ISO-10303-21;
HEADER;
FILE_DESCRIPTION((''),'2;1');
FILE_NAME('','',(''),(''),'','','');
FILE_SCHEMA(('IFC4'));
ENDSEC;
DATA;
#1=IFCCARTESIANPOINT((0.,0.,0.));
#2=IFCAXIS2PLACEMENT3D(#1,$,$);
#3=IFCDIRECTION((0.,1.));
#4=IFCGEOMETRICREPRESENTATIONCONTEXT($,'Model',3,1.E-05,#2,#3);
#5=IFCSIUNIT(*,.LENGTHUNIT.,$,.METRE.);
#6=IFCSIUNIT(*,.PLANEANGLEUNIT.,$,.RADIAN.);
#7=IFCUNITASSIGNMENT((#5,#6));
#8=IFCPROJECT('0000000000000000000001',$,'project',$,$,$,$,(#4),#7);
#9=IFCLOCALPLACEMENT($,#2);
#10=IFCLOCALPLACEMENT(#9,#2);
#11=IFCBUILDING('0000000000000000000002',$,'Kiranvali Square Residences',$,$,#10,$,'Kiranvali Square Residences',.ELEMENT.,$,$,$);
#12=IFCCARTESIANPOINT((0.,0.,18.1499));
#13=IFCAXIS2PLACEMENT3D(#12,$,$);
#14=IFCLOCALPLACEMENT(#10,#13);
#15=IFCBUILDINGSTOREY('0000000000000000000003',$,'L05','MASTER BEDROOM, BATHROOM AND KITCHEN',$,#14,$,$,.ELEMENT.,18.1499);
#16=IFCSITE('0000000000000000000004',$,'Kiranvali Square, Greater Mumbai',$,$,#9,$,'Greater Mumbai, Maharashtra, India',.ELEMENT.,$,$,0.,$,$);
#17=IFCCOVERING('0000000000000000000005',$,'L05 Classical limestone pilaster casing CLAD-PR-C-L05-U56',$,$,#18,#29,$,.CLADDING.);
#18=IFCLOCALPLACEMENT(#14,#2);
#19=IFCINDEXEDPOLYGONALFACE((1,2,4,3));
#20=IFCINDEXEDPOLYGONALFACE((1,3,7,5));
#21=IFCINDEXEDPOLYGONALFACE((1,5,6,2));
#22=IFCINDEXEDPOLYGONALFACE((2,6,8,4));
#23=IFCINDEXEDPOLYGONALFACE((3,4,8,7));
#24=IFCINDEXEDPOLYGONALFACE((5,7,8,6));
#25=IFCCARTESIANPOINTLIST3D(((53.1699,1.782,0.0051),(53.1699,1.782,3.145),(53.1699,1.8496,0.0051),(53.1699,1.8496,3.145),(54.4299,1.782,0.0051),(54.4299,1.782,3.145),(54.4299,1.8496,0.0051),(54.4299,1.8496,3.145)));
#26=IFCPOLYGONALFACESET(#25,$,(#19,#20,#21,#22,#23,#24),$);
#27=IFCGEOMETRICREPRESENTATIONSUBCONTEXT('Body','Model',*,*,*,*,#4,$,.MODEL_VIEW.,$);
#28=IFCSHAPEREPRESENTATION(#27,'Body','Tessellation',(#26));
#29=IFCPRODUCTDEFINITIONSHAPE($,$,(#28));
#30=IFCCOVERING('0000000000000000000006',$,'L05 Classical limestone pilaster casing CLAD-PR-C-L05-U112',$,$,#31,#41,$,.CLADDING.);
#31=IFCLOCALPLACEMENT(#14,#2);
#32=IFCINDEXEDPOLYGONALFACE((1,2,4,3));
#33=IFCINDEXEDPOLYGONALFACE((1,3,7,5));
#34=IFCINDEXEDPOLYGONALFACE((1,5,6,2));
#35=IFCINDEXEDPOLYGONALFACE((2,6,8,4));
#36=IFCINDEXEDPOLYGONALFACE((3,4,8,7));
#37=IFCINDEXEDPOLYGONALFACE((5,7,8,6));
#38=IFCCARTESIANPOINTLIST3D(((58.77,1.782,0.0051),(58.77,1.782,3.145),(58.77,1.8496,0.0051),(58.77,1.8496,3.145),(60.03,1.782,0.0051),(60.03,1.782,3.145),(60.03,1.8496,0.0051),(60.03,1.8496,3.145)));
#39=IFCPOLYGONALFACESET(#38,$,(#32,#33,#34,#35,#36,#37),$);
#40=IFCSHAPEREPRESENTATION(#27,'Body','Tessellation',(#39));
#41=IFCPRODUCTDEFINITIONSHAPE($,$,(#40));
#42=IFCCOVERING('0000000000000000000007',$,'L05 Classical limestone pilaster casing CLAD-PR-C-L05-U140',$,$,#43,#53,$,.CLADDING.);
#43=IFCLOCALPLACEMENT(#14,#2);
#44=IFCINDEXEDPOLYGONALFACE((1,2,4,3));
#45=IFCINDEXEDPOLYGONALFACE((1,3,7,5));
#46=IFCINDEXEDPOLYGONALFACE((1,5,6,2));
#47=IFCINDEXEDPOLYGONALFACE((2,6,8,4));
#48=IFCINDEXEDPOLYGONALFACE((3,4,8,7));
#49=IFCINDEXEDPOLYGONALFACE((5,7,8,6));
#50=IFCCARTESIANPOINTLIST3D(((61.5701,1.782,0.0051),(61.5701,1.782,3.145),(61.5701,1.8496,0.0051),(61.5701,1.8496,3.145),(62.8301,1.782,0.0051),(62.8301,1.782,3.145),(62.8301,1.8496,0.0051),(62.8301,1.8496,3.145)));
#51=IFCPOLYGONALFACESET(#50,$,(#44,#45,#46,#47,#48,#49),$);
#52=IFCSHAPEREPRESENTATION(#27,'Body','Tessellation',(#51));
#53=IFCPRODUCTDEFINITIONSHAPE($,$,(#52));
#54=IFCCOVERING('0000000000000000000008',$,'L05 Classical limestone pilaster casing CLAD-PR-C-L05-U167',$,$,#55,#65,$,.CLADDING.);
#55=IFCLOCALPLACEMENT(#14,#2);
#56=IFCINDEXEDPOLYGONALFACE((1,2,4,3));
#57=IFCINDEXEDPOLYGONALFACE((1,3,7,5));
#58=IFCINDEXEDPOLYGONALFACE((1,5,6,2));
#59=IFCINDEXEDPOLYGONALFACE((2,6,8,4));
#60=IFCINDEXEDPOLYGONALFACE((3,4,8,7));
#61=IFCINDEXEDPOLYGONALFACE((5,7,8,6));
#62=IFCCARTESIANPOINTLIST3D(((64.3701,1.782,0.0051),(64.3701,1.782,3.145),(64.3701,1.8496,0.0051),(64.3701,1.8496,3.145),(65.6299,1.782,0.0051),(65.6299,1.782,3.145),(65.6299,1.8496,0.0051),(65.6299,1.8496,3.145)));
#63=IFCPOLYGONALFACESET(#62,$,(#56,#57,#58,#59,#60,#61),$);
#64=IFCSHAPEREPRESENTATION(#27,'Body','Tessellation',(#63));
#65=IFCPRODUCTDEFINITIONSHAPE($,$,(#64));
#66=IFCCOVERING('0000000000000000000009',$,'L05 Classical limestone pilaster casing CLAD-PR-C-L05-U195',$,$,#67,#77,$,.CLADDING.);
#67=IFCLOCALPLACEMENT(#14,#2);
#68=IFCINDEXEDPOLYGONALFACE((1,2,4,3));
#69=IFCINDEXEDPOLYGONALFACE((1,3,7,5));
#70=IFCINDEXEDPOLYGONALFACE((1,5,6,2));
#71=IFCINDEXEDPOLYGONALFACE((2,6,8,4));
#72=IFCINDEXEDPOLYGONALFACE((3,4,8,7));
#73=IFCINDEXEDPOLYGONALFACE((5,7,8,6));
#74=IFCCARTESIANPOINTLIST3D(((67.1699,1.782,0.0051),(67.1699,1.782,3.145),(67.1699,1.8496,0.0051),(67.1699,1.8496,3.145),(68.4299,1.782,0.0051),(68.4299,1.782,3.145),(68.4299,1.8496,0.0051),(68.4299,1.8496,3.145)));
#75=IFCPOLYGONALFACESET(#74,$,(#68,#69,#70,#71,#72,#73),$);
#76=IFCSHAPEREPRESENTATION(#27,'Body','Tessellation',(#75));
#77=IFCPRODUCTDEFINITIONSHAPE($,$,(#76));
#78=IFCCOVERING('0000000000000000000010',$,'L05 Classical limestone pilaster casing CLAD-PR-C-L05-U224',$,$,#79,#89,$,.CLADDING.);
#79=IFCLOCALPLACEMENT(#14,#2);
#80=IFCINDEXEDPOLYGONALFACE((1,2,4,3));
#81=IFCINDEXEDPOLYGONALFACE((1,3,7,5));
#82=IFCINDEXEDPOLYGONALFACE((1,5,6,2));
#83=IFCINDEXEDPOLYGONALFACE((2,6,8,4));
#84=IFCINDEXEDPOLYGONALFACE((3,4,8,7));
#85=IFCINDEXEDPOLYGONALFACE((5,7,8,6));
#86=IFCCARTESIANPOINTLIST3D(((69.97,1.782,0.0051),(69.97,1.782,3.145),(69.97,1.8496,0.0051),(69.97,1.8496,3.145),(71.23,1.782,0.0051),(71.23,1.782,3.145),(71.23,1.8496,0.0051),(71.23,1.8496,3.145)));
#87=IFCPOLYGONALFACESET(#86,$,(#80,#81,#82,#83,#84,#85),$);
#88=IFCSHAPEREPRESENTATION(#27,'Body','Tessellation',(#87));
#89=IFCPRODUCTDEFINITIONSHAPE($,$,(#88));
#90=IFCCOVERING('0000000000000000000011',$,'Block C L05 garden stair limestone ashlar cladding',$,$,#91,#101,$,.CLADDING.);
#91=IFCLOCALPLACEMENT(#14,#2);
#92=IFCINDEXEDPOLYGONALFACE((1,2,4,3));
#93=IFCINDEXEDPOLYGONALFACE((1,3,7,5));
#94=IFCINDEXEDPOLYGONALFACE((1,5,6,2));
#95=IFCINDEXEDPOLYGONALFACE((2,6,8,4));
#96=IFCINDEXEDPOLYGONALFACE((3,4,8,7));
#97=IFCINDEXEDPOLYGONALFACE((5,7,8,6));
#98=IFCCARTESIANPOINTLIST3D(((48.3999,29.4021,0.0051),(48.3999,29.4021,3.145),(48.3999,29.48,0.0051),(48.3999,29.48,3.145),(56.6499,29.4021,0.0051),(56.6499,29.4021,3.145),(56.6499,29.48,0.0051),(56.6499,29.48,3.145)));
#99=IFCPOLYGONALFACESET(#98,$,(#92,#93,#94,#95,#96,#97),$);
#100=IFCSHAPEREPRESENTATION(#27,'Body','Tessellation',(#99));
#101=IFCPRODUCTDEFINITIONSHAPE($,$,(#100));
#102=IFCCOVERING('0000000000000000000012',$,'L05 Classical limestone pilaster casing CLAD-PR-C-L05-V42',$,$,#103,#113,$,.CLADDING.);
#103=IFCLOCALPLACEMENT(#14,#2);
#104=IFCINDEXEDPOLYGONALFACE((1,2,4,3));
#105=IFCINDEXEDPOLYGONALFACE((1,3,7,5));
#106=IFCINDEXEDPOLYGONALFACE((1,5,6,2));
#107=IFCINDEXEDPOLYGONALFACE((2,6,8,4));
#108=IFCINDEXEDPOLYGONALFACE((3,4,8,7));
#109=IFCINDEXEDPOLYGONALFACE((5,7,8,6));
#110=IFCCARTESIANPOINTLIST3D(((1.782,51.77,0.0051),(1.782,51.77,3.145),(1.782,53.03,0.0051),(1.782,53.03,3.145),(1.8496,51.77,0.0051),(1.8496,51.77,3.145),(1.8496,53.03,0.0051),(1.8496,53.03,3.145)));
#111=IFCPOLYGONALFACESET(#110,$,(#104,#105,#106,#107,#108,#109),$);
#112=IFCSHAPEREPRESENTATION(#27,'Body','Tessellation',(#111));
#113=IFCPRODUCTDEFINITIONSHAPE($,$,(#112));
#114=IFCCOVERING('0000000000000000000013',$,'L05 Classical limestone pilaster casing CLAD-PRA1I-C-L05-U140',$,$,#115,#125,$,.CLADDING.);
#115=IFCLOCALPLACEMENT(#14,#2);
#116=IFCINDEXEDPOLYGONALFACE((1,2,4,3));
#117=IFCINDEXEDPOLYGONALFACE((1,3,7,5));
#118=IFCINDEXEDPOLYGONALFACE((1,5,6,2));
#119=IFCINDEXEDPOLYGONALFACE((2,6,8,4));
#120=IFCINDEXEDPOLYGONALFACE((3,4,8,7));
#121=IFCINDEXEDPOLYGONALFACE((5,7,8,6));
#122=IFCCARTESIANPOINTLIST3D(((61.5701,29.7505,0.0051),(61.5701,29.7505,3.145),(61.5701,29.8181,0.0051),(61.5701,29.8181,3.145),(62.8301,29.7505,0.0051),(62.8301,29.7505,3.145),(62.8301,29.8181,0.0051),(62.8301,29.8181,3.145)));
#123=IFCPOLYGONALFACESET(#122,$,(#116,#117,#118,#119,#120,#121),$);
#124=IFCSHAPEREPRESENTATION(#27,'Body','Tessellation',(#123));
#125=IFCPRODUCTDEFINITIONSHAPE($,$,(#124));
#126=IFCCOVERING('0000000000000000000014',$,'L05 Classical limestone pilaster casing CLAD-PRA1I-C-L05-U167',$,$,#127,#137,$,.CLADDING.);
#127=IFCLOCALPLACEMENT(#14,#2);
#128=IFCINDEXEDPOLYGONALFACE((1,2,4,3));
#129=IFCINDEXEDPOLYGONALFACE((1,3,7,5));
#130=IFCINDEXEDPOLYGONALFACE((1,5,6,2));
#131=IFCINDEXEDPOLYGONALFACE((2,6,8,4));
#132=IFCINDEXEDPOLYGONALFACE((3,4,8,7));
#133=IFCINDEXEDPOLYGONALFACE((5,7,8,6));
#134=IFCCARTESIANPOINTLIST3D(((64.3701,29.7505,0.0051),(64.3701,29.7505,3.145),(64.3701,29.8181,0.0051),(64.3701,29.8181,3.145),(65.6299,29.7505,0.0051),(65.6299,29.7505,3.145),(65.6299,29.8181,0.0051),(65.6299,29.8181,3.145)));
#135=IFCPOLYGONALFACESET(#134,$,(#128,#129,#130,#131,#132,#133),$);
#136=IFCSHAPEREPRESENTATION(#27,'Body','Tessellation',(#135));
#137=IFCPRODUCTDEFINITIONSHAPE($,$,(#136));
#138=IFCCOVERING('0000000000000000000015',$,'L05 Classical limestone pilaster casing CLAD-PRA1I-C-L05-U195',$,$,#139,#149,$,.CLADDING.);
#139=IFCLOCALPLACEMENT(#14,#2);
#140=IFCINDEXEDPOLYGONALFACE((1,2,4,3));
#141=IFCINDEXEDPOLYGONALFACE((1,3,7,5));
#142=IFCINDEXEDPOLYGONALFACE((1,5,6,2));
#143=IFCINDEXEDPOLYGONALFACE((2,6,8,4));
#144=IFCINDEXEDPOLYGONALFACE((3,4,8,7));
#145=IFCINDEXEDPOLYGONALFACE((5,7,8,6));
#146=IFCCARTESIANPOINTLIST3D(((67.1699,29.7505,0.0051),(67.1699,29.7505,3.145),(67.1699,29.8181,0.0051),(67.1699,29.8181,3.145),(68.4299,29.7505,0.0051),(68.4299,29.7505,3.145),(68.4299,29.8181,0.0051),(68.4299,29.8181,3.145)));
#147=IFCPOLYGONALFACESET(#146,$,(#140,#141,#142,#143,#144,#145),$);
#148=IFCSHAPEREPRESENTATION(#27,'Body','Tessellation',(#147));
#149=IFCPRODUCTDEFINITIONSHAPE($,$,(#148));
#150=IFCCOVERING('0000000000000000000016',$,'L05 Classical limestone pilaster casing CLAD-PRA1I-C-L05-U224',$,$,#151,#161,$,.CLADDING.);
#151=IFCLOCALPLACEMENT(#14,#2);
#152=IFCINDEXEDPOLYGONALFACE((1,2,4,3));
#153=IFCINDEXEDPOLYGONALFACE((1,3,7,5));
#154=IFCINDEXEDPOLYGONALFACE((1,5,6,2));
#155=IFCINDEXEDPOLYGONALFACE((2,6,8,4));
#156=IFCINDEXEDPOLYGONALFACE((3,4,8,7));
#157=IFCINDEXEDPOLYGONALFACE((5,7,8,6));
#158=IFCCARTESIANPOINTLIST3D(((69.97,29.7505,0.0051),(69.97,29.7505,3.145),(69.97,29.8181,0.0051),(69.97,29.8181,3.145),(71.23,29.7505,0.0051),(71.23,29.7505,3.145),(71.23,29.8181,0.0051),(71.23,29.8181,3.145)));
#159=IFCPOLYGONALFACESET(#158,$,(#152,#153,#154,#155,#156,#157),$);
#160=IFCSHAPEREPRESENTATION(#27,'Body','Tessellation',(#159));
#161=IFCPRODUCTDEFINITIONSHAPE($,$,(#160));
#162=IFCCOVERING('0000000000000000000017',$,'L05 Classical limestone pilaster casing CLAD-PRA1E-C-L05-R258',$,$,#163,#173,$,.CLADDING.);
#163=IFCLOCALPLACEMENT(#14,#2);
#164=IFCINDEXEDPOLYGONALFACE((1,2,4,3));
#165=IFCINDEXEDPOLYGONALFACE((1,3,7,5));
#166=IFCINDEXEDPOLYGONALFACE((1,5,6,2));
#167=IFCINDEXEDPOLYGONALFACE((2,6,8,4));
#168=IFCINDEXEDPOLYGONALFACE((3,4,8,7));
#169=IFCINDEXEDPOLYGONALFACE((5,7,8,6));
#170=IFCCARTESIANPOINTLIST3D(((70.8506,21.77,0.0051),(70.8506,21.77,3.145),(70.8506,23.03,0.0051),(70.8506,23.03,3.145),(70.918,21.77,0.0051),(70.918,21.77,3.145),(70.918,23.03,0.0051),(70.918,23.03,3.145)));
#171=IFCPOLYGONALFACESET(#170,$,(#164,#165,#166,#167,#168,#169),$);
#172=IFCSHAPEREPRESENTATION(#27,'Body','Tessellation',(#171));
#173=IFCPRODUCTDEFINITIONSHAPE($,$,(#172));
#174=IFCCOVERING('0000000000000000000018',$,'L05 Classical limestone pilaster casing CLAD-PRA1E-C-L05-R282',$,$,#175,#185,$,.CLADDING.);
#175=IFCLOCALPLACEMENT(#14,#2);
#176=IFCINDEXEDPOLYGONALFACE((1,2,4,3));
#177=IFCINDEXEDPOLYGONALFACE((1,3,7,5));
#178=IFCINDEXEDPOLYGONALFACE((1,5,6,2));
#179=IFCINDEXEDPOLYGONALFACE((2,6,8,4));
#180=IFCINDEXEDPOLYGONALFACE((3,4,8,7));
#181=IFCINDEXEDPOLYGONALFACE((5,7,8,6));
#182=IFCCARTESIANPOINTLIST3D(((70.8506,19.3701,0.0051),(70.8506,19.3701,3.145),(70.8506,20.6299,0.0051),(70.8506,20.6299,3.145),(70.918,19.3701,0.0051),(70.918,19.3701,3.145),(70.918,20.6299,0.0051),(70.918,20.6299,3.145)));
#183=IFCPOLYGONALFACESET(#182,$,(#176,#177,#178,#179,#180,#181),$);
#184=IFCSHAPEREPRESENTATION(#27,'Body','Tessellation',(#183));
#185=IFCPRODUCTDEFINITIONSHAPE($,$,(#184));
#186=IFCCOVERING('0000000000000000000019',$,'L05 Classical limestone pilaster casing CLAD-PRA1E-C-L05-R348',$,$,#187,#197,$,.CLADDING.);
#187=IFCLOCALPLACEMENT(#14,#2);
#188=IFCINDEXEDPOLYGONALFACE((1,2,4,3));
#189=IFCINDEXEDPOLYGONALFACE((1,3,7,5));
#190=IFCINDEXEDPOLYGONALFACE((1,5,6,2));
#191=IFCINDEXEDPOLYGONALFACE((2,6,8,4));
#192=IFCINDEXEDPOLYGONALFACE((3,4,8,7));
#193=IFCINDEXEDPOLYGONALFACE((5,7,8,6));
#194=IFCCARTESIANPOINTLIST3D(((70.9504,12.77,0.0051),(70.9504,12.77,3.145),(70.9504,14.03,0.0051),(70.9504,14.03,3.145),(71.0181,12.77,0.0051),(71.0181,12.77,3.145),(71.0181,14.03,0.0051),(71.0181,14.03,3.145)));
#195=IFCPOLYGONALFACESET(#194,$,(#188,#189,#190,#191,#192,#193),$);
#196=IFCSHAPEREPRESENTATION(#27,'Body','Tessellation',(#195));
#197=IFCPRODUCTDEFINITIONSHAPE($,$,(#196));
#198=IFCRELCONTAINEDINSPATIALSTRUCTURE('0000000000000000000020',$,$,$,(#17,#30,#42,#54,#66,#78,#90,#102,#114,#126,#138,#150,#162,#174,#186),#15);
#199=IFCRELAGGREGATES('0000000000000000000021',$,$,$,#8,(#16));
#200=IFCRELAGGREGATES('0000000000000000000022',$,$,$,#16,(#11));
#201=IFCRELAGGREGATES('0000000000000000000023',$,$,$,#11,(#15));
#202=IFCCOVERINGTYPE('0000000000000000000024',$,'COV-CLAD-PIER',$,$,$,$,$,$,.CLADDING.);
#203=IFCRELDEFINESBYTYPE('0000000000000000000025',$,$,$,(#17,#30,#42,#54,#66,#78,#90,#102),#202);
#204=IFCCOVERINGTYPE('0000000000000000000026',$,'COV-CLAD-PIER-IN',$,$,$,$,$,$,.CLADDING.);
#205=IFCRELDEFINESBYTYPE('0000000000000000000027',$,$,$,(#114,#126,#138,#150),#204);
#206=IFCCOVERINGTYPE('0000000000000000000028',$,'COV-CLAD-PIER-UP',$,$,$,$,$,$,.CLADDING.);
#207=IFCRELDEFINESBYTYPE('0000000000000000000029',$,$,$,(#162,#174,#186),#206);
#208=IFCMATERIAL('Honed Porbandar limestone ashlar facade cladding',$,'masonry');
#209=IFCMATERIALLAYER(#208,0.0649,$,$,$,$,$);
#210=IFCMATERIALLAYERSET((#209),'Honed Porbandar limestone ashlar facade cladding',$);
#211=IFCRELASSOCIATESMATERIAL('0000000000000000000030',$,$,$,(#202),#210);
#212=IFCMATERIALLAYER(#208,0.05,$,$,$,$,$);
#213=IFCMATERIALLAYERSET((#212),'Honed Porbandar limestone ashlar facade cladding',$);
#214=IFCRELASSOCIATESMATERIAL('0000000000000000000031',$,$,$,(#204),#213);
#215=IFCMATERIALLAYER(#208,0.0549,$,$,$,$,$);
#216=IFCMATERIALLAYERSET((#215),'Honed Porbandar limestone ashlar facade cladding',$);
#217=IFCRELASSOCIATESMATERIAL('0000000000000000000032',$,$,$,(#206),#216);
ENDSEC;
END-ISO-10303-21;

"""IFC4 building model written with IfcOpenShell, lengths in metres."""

from ifc_helpers import new_model, si_unit, direction, frame, origin, place, context, subcontext, project, spatial, polyline, outline, extrude, material, layer, layer_set, type_object, element, save


model = new_model("IFC4")

# Units and contexts
model_context = context("Model", 3, precision=1e-05, world=origin(), true_north=direction((0.0, 1.0)))
body_context = subcontext(model_context, "Body", "Model", "MODEL_VIEW")
ifc_project = project(units=[si_unit("LENGTHUNIT", "METRE"), si_unit("PLANEANGLEUNIT", "RADIAN")], contexts=[model_context])

# Site, building, storey
site_placement = place(None, origin())
site = spatial("IfcSite", under=ifc_project, at=site_placement, Name="Kiranvali Square, Greater Mumbai", LongName="Greater Mumbai, Maharashtra, India", CompositionType="ELEMENT", RefElevation=0.0)
building_placement = place(site_placement, origin())
building = spatial("IfcBuilding", under=site, at=building_placement, Name="Kiranvali Square Residences", LongName="Kiranvali Square Residences", CompositionType="ELEMENT")
storey_placement = place(building_placement, frame((0.0, 0.0, 18.1499)))
storey = spatial("IfcBuildingStorey", under=building, at=storey_placement, Name="L05", Description="MASTER BEDROOM, BATHROOM AND KITCHEN", CompositionType="ELEMENT", Elevation=18.1499)

# Coverings
ifc_material = material(Name="Honed Porbandar limestone ashlar facade cladding", Category="masonry")
ifc_layer_1 = layer(ifc_material, 0.0649)
ifc_layer_set_1 = layer_set([ifc_layer_1], Name="Honed Porbandar limestone ashlar facade cladding")
covering_type_1 = type_object("IfcCoveringType", Name="COV-CLAD-PIER", PredefinedType="CLADDING", material=ifc_layer_set_1)
covering_1_placement = place(storey_placement, frame((0.0, 0.0, 0.0051)))
element("IfcCovering", 1, at=covering_1_placement, inside=storey, type_object=covering_type_1, Name="L05 Classical limestone pilaster casing CLAD-PR-C-L05-U56", PredefinedType="CLADDING", context=body_context, shape_type="SweptSolid", body=[
    extrude(outline(polyline([(53.1699, 1.782), (54.4299, 1.782), (54.4299, 1.8496), (53.1699, 1.8496), (53.1699, 1.782)])), origin(), (0.0, 0.0, 1.0), 3.1399),
])
covering_2_placement = place(storey_placement, frame((0.0, 0.0, 0.0051)))
element("IfcCovering", 2, at=covering_2_placement, inside=storey, type_object=covering_type_1, Name="L05 Classical limestone pilaster casing CLAD-PR-C-L05-U112", PredefinedType="CLADDING", context=body_context, shape_type="SweptSolid", body=[
    extrude(outline(polyline([(58.77, 1.782), (60.03, 1.782), (60.03, 1.8496), (58.77, 1.8496), (58.77, 1.782)])), origin(), (0.0, 0.0, 1.0), 3.1399),
])
covering_3_placement = place(storey_placement, frame((0.0, 0.0, 0.0051)))
element("IfcCovering", 3, at=covering_3_placement, inside=storey, type_object=covering_type_1, Name="L05 Classical limestone pilaster casing CLAD-PR-C-L05-U140", PredefinedType="CLADDING", context=body_context, shape_type="SweptSolid", body=[
    extrude(outline(polyline([(61.5701, 1.782), (62.8301, 1.782), (62.8301, 1.8496), (61.5701, 1.8496), (61.5701, 1.782)])), origin(), (0.0, 0.0, 1.0), 3.1399),
])
covering_4_placement = place(storey_placement, frame((0.0, 0.0, 0.0051)))
element("IfcCovering", 4, at=covering_4_placement, inside=storey, type_object=covering_type_1, Name="L05 Classical limestone pilaster casing CLAD-PR-C-L05-U167", PredefinedType="CLADDING", context=body_context, shape_type="SweptSolid", body=[
    extrude(outline(polyline([(64.3701, 1.782), (65.6299, 1.782), (65.6299, 1.8496), (64.3701, 1.8496), (64.3701, 1.782)])), origin(), (0.0, 0.0, 1.0), 3.1399),
])
covering_5_placement = place(storey_placement, frame((0.0, 0.0, 0.0051)))
element("IfcCovering", 5, at=covering_5_placement, inside=storey, type_object=covering_type_1, Name="L05 Classical limestone pilaster casing CLAD-PR-C-L05-U195", PredefinedType="CLADDING", context=body_context, shape_type="SweptSolid", body=[
    extrude(outline(polyline([(67.1699, 1.782), (68.4299, 1.782), (68.4299, 1.8496), (67.1699, 1.8496), (67.1699, 1.782)])), origin(), (0.0, 0.0, 1.0), 3.1399),
])
covering_6_placement = place(storey_placement, frame((0.0, 0.0, 0.0051)))
element("IfcCovering", 6, at=covering_6_placement, inside=storey, type_object=covering_type_1, Name="L05 Classical limestone pilaster casing CLAD-PR-C-L05-U224", PredefinedType="CLADDING", context=body_context, shape_type="SweptSolid", body=[
    extrude(outline(polyline([(69.97, 1.782), (71.23, 1.782), (71.23, 1.8496), (69.97, 1.8496), (69.97, 1.782)])), origin(), (0.0, 0.0, 1.0), 3.1399),
])
covering_7_placement = place(storey_placement, frame((0.0, 0.0, 0.0051)))
element("IfcCovering", 7, at=covering_7_placement, inside=storey, type_object=covering_type_1, Name="Block C L05 garden stair limestone ashlar cladding", PredefinedType="CLADDING", context=body_context, shape_type="SweptSolid", body=[
    extrude(outline(polyline([(48.3999, 29.4021), (56.6499, 29.4021), (56.6499, 29.48), (48.3999, 29.48), (48.3999, 29.4021)])), origin(), (0.0, 0.0, 1.0), 3.1399),
])
covering_8_placement = place(storey_placement, frame((0.0, 0.0, 0.0051)))
element("IfcCovering", 8, at=covering_8_placement, inside=storey, type_object=covering_type_1, Name="L05 Classical limestone pilaster casing CLAD-PR-C-L05-V42", PredefinedType="CLADDING", context=body_context, shape_type="SweptSolid", body=[
    extrude(outline(polyline([(1.8496, 51.77), (1.8496, 53.03), (1.782, 53.03), (1.782, 51.77), (1.8496, 51.77)])), origin(), (0.0, 0.0, 1.0), 3.1399),
])
ifc_layer_2 = layer(ifc_material, 0.05)
ifc_layer_set_2 = layer_set([ifc_layer_2], Name="Honed Porbandar limestone ashlar facade cladding")
covering_type_2 = type_object("IfcCoveringType", Name="COV-CLAD-PIER-IN", PredefinedType="CLADDING", material=ifc_layer_set_2)
covering_9_placement = place(storey_placement, frame((0.0, 0.0, 0.0051)))
element("IfcCovering", 9, at=covering_9_placement, inside=storey, type_object=covering_type_2, Name="L05 Classical limestone pilaster casing CLAD-PRA1I-C-L05-U140", PredefinedType="CLADDING", context=body_context, shape_type="SweptSolid", body=[
    extrude(outline(polyline([(61.5701, 29.7505), (62.8301, 29.7505), (62.8301, 29.8181), (61.5701, 29.8181), (61.5701, 29.7505)])), origin(), (0.0, 0.0, 1.0), 3.1399),
])
covering_10_placement = place(storey_placement, frame((0.0, 0.0, 0.0051)))
element("IfcCovering", 10, at=covering_10_placement, inside=storey, type_object=covering_type_2, Name="L05 Classical limestone pilaster casing CLAD-PRA1I-C-L05-U167", PredefinedType="CLADDING", context=body_context, shape_type="SweptSolid", body=[
    extrude(outline(polyline([(64.3701, 29.7505), (65.6299, 29.7505), (65.6299, 29.8181), (64.3701, 29.8181), (64.3701, 29.7505)])), origin(), (0.0, 0.0, 1.0), 3.1399),
])
covering_11_placement = place(storey_placement, frame((0.0, 0.0, 0.0051)))
element("IfcCovering", 11, at=covering_11_placement, inside=storey, type_object=covering_type_2, Name="L05 Classical limestone pilaster casing CLAD-PRA1I-C-L05-U195", PredefinedType="CLADDING", context=body_context, shape_type="SweptSolid", body=[
    extrude(outline(polyline([(67.1699, 29.7505), (68.4299, 29.7505), (68.4299, 29.8181), (67.1699, 29.8181), (67.1699, 29.7505)])), origin(), (0.0, 0.0, 1.0), 3.1399),
])
covering_12_placement = place(storey_placement, frame((0.0, 0.0, 0.0051)))
element("IfcCovering", 12, at=covering_12_placement, inside=storey, type_object=covering_type_2, Name="L05 Classical limestone pilaster casing CLAD-PRA1I-C-L05-U224", PredefinedType="CLADDING", context=body_context, shape_type="SweptSolid", body=[
    extrude(outline(polyline([(69.97, 29.7505), (71.23, 29.7505), (71.23, 29.8181), (69.97, 29.8181), (69.97, 29.7505)])), origin(), (0.0, 0.0, 1.0), 3.1399),
])
ifc_layer_3 = layer(ifc_material, 0.0549)
ifc_layer_set_3 = layer_set([ifc_layer_3], Name="Honed Porbandar limestone ashlar facade cladding")
covering_type_3 = type_object("IfcCoveringType", Name="COV-CLAD-PIER-UP", PredefinedType="CLADDING", material=ifc_layer_set_3)
covering_13_placement = place(storey_placement, frame((0.0, 0.0, 0.0051)))
element("IfcCovering", 13, at=covering_13_placement, inside=storey, type_object=covering_type_3, Name="L05 Classical limestone pilaster casing CLAD-PRA1E-C-L05-R258", PredefinedType="CLADDING", context=body_context, shape_type="SweptSolid", body=[
    extrude(outline(polyline([(70.8506, 23.03), (70.8506, 21.77), (70.918, 21.77), (70.918, 23.03), (70.8506, 23.03)])), origin(), (0.0, 0.0, 1.0), 3.1399),
])
covering_14_placement = place(storey_placement, frame((0.0, 0.0, 0.0051)))
element("IfcCovering", 14, at=covering_14_placement, inside=storey, type_object=covering_type_3, Name="L05 Classical limestone pilaster casing CLAD-PRA1E-C-L05-R282", PredefinedType="CLADDING", context=body_context, shape_type="SweptSolid", body=[
    extrude(outline(polyline([(70.8506, 20.6299), (70.8506, 19.3701), (70.918, 19.3701), (70.918, 20.6299), (70.8506, 20.6299)])), origin(), (0.0, 0.0, 1.0), 3.1399),
])
covering_15_placement = place(storey_placement, frame((0.0, 0.0, 0.0051)))
element("IfcCovering", 15, at=covering_15_placement, inside=storey, type_object=covering_type_3, Name="L05 Classical limestone pilaster casing CLAD-PRA1E-C-L05-R348", PredefinedType="CLADDING", context=body_context, shape_type="SweptSolid", body=[
    extrude(outline(polyline([(70.9504, 14.03), (70.9504, 12.77), (71.0181, 12.77), (71.0181, 14.03), (70.9504, 14.03)])), origin(), (0.0, 0.0, 1.0), 3.1399),
])

save(model, "model.ifc")
